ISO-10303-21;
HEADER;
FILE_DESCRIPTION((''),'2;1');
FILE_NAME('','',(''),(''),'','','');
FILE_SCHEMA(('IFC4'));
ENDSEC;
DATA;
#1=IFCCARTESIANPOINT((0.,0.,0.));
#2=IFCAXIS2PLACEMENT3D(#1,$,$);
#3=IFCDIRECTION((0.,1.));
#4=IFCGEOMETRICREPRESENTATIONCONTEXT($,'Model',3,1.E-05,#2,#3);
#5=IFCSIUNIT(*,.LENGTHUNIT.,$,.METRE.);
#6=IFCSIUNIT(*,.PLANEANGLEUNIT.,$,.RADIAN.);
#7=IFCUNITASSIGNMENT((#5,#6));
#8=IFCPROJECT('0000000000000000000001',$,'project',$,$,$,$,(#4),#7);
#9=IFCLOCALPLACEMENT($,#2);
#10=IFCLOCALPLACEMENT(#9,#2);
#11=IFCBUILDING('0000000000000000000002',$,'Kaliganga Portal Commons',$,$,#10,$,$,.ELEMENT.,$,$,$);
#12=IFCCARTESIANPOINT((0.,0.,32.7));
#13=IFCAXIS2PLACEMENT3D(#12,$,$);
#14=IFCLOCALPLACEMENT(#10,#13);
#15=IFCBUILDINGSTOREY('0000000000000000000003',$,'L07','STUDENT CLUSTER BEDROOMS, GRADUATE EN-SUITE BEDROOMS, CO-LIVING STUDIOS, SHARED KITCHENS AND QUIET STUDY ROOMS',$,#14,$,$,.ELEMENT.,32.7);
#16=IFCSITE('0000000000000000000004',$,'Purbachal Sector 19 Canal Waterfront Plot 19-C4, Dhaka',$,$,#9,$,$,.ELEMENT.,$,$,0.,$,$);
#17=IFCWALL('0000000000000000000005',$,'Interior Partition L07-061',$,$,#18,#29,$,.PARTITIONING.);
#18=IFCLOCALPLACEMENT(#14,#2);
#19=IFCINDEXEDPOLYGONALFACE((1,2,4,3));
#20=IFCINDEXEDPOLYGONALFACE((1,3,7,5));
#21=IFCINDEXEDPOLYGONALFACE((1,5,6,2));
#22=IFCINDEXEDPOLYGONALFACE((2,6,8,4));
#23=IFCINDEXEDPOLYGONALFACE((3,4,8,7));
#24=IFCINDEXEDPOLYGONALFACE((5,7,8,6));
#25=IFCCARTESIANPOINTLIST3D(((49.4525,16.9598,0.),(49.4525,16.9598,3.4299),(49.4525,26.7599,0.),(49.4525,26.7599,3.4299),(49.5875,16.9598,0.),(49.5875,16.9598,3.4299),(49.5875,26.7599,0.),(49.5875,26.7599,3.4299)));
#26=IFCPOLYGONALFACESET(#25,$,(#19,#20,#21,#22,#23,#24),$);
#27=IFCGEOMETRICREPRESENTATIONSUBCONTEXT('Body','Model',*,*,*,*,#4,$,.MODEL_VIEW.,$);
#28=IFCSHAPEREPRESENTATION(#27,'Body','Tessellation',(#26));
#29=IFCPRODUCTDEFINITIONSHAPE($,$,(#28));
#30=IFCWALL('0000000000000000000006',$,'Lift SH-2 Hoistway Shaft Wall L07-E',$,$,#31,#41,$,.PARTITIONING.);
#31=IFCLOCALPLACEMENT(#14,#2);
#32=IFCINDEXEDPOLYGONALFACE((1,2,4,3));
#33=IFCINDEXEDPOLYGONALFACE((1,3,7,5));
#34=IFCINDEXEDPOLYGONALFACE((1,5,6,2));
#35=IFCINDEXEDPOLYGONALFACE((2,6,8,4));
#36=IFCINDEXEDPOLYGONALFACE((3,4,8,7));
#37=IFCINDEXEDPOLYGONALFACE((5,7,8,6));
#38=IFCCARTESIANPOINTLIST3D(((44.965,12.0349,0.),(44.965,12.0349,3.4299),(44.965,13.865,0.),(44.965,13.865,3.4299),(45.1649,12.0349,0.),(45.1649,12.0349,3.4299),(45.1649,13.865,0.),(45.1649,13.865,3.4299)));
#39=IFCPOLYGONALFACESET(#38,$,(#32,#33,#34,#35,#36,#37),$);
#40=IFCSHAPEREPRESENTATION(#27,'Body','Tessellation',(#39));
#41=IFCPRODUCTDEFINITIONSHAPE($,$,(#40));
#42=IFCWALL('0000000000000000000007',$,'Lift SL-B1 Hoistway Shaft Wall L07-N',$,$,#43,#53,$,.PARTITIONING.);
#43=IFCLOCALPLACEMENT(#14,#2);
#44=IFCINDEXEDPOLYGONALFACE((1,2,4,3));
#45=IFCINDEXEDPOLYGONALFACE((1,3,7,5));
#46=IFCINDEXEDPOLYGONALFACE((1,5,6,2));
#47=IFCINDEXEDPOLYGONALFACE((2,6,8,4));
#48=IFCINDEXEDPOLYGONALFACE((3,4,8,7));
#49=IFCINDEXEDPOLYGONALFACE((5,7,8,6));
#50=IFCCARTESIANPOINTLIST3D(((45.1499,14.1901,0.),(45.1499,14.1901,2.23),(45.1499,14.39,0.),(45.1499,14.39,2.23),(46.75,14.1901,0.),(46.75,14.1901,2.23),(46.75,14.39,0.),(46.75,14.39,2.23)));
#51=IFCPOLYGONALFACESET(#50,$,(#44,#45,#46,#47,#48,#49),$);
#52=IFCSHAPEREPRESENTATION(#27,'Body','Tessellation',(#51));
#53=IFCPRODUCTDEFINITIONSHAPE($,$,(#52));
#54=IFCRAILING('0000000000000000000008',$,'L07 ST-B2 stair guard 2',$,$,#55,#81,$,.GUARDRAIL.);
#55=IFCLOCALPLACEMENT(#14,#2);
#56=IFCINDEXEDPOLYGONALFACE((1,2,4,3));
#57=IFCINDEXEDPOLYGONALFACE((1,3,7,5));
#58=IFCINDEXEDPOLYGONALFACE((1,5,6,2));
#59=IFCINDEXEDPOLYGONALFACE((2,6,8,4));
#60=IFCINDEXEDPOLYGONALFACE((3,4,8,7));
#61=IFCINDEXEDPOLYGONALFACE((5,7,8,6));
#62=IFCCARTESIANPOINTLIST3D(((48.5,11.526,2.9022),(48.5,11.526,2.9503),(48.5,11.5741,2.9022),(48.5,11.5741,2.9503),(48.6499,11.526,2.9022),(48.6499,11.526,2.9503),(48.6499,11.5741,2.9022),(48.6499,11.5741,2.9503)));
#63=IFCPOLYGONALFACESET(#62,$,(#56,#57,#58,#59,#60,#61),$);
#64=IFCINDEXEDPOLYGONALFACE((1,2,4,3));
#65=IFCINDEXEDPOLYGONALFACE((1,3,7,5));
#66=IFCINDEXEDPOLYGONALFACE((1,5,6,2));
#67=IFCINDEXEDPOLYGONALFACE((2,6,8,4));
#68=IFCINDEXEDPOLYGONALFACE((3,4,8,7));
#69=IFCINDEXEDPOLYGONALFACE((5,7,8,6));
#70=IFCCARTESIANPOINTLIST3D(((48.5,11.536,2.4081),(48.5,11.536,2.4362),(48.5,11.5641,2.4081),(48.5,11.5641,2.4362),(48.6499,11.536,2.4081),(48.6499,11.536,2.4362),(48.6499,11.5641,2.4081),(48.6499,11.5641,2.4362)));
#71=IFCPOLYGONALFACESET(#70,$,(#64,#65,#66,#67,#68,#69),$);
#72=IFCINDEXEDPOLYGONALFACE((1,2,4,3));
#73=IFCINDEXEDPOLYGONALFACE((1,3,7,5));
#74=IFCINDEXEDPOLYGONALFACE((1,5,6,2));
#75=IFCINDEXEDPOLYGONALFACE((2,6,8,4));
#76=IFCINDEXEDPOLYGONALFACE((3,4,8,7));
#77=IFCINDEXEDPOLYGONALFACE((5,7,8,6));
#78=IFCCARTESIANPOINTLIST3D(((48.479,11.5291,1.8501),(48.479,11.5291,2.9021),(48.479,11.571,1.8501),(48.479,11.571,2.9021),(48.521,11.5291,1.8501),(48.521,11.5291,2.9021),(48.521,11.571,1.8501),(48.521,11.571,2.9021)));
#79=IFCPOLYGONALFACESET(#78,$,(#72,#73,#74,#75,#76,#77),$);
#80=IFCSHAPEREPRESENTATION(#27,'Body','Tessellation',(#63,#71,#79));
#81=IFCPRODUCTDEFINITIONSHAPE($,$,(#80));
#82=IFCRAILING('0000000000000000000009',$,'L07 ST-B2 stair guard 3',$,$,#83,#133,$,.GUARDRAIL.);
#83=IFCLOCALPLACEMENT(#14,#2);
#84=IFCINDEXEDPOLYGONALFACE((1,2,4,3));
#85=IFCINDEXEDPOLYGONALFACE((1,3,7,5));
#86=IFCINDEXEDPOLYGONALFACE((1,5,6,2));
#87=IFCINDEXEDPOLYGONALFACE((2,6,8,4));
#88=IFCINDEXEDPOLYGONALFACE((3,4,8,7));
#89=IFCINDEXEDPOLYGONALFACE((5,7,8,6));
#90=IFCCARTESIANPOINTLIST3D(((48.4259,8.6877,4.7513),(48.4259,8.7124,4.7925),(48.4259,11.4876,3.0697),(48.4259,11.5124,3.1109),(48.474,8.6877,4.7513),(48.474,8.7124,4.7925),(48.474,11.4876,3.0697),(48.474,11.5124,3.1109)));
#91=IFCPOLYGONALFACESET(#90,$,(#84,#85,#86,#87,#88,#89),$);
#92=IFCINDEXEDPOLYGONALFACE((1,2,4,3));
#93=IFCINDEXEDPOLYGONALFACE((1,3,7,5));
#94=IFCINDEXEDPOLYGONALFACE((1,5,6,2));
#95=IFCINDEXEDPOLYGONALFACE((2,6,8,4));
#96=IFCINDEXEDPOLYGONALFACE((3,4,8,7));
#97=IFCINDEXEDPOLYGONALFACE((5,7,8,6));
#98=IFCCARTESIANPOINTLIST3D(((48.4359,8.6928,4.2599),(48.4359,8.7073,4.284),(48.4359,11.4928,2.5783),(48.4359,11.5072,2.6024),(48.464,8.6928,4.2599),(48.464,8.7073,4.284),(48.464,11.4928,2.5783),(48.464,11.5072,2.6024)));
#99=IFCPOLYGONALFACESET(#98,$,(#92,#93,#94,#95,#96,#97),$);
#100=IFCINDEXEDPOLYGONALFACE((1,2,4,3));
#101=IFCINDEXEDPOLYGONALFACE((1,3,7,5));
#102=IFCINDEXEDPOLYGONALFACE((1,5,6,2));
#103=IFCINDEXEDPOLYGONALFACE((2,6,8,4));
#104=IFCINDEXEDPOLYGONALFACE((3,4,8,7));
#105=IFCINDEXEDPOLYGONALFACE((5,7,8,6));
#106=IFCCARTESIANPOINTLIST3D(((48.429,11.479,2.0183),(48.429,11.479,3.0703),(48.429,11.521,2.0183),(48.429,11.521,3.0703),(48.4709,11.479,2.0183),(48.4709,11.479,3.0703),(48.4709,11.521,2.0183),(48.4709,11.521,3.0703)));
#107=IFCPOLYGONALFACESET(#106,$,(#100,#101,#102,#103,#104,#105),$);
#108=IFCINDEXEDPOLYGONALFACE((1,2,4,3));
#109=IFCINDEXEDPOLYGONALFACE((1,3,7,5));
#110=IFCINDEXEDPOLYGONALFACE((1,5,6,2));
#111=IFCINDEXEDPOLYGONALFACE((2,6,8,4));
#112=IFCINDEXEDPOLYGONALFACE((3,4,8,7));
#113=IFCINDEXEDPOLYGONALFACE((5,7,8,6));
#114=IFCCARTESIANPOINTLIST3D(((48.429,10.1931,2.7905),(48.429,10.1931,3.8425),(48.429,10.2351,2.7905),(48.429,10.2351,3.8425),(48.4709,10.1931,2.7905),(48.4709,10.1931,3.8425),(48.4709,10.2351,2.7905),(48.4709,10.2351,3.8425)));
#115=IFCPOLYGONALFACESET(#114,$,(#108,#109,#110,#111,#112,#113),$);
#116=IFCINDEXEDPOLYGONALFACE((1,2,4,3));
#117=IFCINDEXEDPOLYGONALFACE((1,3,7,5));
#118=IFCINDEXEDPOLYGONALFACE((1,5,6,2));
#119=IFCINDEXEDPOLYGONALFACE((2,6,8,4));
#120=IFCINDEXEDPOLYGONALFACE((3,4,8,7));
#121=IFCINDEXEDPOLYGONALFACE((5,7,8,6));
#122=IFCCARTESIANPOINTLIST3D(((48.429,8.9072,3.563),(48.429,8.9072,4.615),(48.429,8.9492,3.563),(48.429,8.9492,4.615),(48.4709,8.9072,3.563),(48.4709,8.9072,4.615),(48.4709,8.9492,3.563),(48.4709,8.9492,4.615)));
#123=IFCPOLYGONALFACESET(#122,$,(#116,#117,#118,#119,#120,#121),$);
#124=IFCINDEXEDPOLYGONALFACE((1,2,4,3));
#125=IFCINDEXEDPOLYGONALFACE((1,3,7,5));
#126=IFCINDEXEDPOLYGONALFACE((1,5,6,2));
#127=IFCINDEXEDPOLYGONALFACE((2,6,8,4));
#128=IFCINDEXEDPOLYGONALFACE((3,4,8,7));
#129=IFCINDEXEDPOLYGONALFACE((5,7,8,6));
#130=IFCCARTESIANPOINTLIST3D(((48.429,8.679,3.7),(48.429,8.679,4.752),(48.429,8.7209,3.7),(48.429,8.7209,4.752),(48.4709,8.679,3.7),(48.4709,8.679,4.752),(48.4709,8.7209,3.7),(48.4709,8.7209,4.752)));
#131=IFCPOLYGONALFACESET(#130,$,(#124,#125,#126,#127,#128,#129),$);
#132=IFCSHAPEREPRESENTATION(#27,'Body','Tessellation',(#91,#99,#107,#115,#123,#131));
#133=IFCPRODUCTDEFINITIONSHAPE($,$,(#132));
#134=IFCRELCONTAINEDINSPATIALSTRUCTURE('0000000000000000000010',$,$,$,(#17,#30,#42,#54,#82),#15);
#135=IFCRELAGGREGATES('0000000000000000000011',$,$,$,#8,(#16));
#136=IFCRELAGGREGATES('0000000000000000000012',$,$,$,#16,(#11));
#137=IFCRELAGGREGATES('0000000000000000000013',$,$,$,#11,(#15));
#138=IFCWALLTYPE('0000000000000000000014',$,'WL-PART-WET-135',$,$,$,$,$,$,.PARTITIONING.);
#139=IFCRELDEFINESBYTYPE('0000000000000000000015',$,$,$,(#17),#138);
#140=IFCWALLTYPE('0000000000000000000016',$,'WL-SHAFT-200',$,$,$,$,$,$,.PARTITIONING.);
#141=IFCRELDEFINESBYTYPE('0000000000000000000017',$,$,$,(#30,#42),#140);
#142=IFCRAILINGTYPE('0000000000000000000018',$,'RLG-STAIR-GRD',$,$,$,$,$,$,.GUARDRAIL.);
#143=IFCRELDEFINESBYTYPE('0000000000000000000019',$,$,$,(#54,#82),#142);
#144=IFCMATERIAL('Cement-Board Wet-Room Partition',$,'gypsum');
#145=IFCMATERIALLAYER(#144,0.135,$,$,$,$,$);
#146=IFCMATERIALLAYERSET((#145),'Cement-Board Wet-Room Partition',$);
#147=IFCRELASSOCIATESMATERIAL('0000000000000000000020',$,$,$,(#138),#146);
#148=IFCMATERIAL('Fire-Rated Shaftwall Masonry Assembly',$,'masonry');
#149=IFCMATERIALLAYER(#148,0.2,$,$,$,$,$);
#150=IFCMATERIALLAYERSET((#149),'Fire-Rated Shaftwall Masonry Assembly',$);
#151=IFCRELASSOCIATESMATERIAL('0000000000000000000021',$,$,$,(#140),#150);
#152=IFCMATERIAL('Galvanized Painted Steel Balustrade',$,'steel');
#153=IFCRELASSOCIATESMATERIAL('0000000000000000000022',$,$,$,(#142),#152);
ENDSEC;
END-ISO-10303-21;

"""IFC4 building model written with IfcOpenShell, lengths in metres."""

from ifc_helpers import new_model, si_unit, direction, frame, frame_2d, origin, origin_2d, place, context, subcontext, project, spatial, rectangle, extrude, material, layer, layer_set, type_object, element, save


model = new_model("IFC4")

# Units and contexts
model_context = context("Model", 3, precision=1e-05, world=origin(), true_north=direction((0.0, 1.0)))
body_context = subcontext(model_context, "Body", "Model", "MODEL_VIEW")
ifc_project = project(units=[si_unit("LENGTHUNIT", "METRE"), si_unit("PLANEANGLEUNIT", "RADIAN")], contexts=[model_context])

# Site, building, storey
site_placement = place(None, origin())
site = spatial("IfcSite", under=ifc_project, at=site_placement, Name="Purbachal Sector 19 Canal Waterfront Plot 19-C4, Dhaka", CompositionType="ELEMENT", RefElevation=0.0)
building_placement = place(site_placement, origin())
building = spatial("IfcBuilding", under=site, at=building_placement, Name="Kaliganga Portal Commons", CompositionType="ELEMENT")
storey_placement = place(building_placement, frame((0.0, 0.0, 32.7)))
storey = spatial("IfcBuildingStorey", under=building, at=storey_placement, Name="L07", Description="STUDENT CLUSTER BEDROOMS, GRADUATE EN-SUITE BEDROOMS, CO-LIVING STUDIOS, SHARED KITCHENS AND QUIET STUDY ROOMS", CompositionType="ELEMENT", Elevation=32.7)

# Walls
ifc_material_1 = material(Name="Cement-Board Wet-Room Partition", Category="gypsum")
ifc_layer_1 = layer(ifc_material_1, 0.135)
ifc_layer_set_1 = layer_set([ifc_layer_1], Name="Cement-Board Wet-Room Partition")
wall_type_1 = type_object("IfcWallType", Name="WL-PART-WET-135", PredefinedType="PARTITIONING", material=ifc_layer_set_1)
for number, where, z_axis, x_axis, name in (
    (1, (49.52, 16.96, 0.0), (0.0, 0.0, 1.0), (0.0, 1.0, 0.0), "Interior Partition L07-061"),
):
    element("IfcWall", number, at=place(storey_placement, frame(where, z_axis=z_axis, x_axis=x_axis)), inside=storey, type_object=wall_type_1, Name=name, PredefinedType="PARTITIONING", context=body_context, shape_type="SweptSolid", body=[
        extrude(rectangle(XDim=9.8, YDim=0.135, at=frame_2d((4.8999, 0.0))), origin(), (0.0, 0.0, 1.0), 3.4299),
    ])
ifc_material_2 = material(Name="Fire-Rated Shaftwall Masonry Assembly", Category="masonry")
ifc_layer_2 = layer(ifc_material_2, 0.2)
ifc_layer_set_2 = layer_set([ifc_layer_2], Name="Fire-Rated Shaftwall Masonry Assembly")
wall_type_2 = type_object("IfcWallType", Name="WL-SHAFT-200", PredefinedType="PARTITIONING", material=ifc_layer_set_2)
wall_1_placement = place(storey_placement, frame((45.0649, 12.0349, 0.0), z_axis=(0.0, 0.0, 1.0), x_axis=(0.0, 1.0, 0.0)))
element("IfcWall", 2, at=wall_1_placement, inside=storey, type_object=wall_type_2, Name="Lift SH-2 Hoistway Shaft Wall L07-E", PredefinedType="PARTITIONING", context=body_context, shape_type="SweptSolid", body=[
    extrude(rectangle(XDim=1.8301, YDim=0.2, at=frame_2d((0.915, 0.0))), origin(), (0.0, 0.0, 1.0), 3.4299),
])

# Wall
wall_2_placement = place(storey_placement, frame((45.1499, 14.29, 0.0), z_axis=(0.0, 0.0, 1.0), x_axis=(1.0, 0.0, 0.0)))
element("IfcWall", 3, at=wall_2_placement, inside=storey, type_object=wall_type_2, Name="Lift SL-B1 Hoistway Shaft Wall L07-N", PredefinedType="PARTITIONING", context=body_context, shape_type="SweptSolid", body=[
    extrude(rectangle(XDim=1.6001, YDim=0.2, at=frame_2d((0.8, 0.0))), origin(), (0.0, 0.0, 1.0), 2.23),
])

# Railings
ifc_material_3 = material(Name="Galvanized Painted Steel Balustrade", Category="steel")
railing_type = type_object("IfcRailingType", Name="RLG-STAIR-GRD", PredefinedType="GUARDRAIL", material=ifc_material_3)
railing_1_placement = place(storey_placement, frame((48.6499, 11.55, 1.8501)))
element("IfcRailing", 4, at=railing_1_placement, inside=storey, type_object=railing_type, Name="L07 ST-B2 stair guard 2", PredefinedType="GUARDRAIL", context=body_context, shape_type="SweptSolid", body=[
    extrude(rectangle(XDim=0.0481, YDim=0.0481, at=origin_2d()), frame((0.0, 0.0, 1.0762), z_axis=(-1.0, 0.0, 0.0), x_axis=(0.0, -1.0, 0.0)), (0.0, 0.0, 1.0), 0.1499),
    extrude(rectangle(XDim=0.0281, YDim=0.0281, at=origin_2d()), frame((0.0, 0.0, 0.572), z_axis=(-1.0, 0.0, 0.0), x_axis=(0.0, -1.0, 0.0)), (0.0, 0.0, 1.0), 0.1499),
    extrude(rectangle(XDim=0.042, YDim=0.042, at=origin_2d()), frame((-0.1499, 0.0, 0.0)), (0.0, 0.0, 1.0), 1.052),
])
railing_2_placement = place(storey_placement, frame((48.45, 11.5, 2.0183)))
element("IfcRailing", 5, at=railing_2_placement, inside=storey, type_object=railing_type, Name="L07 ST-B2 stair guard 3", PredefinedType="GUARDRAIL", context=body_context, shape_type="SweptSolid", body=[
    extrude(rectangle(XDim=0.0481, YDim=0.0481, at=origin_2d()), frame((0.0, 0.0, 1.072), z_axis=(0.0, -0.857275, 0.514858), x_axis=(1.0, 0.0, 0.0)), (0.0, 0.0, 1.0), 3.2661),
    extrude(rectangle(XDim=0.0281, YDim=0.0281, at=origin_2d()), frame((0.0, 0.0, 0.572), z_axis=(0.0, -0.857275, 0.514858), x_axis=(1.0, 0.0, 0.0)), (0.0, 0.0, 1.0), 3.2661),
    extrude(rectangle(XDim=0.042, YDim=0.042, at=origin_2d()), origin(), (0.0, 0.0, 1.0), 1.052),
    extrude(rectangle(XDim=0.042, YDim=0.042, at=origin_2d()), frame((0.0, -1.2859, 0.7722)), (0.0, 0.0, 1.0), 1.052),
    extrude(rectangle(XDim=0.042, YDim=0.042, at=origin_2d()), frame((0.0, -2.5718, 1.5447)), (0.0, 0.0, 1.0), 1.052),
    extrude(rectangle(XDim=0.042, YDim=0.042, at=origin_2d()), frame((0.0, -2.8, 1.6816)), (0.0, 0.0, 1.0), 1.052),
])

save(model, "model.ifc")
